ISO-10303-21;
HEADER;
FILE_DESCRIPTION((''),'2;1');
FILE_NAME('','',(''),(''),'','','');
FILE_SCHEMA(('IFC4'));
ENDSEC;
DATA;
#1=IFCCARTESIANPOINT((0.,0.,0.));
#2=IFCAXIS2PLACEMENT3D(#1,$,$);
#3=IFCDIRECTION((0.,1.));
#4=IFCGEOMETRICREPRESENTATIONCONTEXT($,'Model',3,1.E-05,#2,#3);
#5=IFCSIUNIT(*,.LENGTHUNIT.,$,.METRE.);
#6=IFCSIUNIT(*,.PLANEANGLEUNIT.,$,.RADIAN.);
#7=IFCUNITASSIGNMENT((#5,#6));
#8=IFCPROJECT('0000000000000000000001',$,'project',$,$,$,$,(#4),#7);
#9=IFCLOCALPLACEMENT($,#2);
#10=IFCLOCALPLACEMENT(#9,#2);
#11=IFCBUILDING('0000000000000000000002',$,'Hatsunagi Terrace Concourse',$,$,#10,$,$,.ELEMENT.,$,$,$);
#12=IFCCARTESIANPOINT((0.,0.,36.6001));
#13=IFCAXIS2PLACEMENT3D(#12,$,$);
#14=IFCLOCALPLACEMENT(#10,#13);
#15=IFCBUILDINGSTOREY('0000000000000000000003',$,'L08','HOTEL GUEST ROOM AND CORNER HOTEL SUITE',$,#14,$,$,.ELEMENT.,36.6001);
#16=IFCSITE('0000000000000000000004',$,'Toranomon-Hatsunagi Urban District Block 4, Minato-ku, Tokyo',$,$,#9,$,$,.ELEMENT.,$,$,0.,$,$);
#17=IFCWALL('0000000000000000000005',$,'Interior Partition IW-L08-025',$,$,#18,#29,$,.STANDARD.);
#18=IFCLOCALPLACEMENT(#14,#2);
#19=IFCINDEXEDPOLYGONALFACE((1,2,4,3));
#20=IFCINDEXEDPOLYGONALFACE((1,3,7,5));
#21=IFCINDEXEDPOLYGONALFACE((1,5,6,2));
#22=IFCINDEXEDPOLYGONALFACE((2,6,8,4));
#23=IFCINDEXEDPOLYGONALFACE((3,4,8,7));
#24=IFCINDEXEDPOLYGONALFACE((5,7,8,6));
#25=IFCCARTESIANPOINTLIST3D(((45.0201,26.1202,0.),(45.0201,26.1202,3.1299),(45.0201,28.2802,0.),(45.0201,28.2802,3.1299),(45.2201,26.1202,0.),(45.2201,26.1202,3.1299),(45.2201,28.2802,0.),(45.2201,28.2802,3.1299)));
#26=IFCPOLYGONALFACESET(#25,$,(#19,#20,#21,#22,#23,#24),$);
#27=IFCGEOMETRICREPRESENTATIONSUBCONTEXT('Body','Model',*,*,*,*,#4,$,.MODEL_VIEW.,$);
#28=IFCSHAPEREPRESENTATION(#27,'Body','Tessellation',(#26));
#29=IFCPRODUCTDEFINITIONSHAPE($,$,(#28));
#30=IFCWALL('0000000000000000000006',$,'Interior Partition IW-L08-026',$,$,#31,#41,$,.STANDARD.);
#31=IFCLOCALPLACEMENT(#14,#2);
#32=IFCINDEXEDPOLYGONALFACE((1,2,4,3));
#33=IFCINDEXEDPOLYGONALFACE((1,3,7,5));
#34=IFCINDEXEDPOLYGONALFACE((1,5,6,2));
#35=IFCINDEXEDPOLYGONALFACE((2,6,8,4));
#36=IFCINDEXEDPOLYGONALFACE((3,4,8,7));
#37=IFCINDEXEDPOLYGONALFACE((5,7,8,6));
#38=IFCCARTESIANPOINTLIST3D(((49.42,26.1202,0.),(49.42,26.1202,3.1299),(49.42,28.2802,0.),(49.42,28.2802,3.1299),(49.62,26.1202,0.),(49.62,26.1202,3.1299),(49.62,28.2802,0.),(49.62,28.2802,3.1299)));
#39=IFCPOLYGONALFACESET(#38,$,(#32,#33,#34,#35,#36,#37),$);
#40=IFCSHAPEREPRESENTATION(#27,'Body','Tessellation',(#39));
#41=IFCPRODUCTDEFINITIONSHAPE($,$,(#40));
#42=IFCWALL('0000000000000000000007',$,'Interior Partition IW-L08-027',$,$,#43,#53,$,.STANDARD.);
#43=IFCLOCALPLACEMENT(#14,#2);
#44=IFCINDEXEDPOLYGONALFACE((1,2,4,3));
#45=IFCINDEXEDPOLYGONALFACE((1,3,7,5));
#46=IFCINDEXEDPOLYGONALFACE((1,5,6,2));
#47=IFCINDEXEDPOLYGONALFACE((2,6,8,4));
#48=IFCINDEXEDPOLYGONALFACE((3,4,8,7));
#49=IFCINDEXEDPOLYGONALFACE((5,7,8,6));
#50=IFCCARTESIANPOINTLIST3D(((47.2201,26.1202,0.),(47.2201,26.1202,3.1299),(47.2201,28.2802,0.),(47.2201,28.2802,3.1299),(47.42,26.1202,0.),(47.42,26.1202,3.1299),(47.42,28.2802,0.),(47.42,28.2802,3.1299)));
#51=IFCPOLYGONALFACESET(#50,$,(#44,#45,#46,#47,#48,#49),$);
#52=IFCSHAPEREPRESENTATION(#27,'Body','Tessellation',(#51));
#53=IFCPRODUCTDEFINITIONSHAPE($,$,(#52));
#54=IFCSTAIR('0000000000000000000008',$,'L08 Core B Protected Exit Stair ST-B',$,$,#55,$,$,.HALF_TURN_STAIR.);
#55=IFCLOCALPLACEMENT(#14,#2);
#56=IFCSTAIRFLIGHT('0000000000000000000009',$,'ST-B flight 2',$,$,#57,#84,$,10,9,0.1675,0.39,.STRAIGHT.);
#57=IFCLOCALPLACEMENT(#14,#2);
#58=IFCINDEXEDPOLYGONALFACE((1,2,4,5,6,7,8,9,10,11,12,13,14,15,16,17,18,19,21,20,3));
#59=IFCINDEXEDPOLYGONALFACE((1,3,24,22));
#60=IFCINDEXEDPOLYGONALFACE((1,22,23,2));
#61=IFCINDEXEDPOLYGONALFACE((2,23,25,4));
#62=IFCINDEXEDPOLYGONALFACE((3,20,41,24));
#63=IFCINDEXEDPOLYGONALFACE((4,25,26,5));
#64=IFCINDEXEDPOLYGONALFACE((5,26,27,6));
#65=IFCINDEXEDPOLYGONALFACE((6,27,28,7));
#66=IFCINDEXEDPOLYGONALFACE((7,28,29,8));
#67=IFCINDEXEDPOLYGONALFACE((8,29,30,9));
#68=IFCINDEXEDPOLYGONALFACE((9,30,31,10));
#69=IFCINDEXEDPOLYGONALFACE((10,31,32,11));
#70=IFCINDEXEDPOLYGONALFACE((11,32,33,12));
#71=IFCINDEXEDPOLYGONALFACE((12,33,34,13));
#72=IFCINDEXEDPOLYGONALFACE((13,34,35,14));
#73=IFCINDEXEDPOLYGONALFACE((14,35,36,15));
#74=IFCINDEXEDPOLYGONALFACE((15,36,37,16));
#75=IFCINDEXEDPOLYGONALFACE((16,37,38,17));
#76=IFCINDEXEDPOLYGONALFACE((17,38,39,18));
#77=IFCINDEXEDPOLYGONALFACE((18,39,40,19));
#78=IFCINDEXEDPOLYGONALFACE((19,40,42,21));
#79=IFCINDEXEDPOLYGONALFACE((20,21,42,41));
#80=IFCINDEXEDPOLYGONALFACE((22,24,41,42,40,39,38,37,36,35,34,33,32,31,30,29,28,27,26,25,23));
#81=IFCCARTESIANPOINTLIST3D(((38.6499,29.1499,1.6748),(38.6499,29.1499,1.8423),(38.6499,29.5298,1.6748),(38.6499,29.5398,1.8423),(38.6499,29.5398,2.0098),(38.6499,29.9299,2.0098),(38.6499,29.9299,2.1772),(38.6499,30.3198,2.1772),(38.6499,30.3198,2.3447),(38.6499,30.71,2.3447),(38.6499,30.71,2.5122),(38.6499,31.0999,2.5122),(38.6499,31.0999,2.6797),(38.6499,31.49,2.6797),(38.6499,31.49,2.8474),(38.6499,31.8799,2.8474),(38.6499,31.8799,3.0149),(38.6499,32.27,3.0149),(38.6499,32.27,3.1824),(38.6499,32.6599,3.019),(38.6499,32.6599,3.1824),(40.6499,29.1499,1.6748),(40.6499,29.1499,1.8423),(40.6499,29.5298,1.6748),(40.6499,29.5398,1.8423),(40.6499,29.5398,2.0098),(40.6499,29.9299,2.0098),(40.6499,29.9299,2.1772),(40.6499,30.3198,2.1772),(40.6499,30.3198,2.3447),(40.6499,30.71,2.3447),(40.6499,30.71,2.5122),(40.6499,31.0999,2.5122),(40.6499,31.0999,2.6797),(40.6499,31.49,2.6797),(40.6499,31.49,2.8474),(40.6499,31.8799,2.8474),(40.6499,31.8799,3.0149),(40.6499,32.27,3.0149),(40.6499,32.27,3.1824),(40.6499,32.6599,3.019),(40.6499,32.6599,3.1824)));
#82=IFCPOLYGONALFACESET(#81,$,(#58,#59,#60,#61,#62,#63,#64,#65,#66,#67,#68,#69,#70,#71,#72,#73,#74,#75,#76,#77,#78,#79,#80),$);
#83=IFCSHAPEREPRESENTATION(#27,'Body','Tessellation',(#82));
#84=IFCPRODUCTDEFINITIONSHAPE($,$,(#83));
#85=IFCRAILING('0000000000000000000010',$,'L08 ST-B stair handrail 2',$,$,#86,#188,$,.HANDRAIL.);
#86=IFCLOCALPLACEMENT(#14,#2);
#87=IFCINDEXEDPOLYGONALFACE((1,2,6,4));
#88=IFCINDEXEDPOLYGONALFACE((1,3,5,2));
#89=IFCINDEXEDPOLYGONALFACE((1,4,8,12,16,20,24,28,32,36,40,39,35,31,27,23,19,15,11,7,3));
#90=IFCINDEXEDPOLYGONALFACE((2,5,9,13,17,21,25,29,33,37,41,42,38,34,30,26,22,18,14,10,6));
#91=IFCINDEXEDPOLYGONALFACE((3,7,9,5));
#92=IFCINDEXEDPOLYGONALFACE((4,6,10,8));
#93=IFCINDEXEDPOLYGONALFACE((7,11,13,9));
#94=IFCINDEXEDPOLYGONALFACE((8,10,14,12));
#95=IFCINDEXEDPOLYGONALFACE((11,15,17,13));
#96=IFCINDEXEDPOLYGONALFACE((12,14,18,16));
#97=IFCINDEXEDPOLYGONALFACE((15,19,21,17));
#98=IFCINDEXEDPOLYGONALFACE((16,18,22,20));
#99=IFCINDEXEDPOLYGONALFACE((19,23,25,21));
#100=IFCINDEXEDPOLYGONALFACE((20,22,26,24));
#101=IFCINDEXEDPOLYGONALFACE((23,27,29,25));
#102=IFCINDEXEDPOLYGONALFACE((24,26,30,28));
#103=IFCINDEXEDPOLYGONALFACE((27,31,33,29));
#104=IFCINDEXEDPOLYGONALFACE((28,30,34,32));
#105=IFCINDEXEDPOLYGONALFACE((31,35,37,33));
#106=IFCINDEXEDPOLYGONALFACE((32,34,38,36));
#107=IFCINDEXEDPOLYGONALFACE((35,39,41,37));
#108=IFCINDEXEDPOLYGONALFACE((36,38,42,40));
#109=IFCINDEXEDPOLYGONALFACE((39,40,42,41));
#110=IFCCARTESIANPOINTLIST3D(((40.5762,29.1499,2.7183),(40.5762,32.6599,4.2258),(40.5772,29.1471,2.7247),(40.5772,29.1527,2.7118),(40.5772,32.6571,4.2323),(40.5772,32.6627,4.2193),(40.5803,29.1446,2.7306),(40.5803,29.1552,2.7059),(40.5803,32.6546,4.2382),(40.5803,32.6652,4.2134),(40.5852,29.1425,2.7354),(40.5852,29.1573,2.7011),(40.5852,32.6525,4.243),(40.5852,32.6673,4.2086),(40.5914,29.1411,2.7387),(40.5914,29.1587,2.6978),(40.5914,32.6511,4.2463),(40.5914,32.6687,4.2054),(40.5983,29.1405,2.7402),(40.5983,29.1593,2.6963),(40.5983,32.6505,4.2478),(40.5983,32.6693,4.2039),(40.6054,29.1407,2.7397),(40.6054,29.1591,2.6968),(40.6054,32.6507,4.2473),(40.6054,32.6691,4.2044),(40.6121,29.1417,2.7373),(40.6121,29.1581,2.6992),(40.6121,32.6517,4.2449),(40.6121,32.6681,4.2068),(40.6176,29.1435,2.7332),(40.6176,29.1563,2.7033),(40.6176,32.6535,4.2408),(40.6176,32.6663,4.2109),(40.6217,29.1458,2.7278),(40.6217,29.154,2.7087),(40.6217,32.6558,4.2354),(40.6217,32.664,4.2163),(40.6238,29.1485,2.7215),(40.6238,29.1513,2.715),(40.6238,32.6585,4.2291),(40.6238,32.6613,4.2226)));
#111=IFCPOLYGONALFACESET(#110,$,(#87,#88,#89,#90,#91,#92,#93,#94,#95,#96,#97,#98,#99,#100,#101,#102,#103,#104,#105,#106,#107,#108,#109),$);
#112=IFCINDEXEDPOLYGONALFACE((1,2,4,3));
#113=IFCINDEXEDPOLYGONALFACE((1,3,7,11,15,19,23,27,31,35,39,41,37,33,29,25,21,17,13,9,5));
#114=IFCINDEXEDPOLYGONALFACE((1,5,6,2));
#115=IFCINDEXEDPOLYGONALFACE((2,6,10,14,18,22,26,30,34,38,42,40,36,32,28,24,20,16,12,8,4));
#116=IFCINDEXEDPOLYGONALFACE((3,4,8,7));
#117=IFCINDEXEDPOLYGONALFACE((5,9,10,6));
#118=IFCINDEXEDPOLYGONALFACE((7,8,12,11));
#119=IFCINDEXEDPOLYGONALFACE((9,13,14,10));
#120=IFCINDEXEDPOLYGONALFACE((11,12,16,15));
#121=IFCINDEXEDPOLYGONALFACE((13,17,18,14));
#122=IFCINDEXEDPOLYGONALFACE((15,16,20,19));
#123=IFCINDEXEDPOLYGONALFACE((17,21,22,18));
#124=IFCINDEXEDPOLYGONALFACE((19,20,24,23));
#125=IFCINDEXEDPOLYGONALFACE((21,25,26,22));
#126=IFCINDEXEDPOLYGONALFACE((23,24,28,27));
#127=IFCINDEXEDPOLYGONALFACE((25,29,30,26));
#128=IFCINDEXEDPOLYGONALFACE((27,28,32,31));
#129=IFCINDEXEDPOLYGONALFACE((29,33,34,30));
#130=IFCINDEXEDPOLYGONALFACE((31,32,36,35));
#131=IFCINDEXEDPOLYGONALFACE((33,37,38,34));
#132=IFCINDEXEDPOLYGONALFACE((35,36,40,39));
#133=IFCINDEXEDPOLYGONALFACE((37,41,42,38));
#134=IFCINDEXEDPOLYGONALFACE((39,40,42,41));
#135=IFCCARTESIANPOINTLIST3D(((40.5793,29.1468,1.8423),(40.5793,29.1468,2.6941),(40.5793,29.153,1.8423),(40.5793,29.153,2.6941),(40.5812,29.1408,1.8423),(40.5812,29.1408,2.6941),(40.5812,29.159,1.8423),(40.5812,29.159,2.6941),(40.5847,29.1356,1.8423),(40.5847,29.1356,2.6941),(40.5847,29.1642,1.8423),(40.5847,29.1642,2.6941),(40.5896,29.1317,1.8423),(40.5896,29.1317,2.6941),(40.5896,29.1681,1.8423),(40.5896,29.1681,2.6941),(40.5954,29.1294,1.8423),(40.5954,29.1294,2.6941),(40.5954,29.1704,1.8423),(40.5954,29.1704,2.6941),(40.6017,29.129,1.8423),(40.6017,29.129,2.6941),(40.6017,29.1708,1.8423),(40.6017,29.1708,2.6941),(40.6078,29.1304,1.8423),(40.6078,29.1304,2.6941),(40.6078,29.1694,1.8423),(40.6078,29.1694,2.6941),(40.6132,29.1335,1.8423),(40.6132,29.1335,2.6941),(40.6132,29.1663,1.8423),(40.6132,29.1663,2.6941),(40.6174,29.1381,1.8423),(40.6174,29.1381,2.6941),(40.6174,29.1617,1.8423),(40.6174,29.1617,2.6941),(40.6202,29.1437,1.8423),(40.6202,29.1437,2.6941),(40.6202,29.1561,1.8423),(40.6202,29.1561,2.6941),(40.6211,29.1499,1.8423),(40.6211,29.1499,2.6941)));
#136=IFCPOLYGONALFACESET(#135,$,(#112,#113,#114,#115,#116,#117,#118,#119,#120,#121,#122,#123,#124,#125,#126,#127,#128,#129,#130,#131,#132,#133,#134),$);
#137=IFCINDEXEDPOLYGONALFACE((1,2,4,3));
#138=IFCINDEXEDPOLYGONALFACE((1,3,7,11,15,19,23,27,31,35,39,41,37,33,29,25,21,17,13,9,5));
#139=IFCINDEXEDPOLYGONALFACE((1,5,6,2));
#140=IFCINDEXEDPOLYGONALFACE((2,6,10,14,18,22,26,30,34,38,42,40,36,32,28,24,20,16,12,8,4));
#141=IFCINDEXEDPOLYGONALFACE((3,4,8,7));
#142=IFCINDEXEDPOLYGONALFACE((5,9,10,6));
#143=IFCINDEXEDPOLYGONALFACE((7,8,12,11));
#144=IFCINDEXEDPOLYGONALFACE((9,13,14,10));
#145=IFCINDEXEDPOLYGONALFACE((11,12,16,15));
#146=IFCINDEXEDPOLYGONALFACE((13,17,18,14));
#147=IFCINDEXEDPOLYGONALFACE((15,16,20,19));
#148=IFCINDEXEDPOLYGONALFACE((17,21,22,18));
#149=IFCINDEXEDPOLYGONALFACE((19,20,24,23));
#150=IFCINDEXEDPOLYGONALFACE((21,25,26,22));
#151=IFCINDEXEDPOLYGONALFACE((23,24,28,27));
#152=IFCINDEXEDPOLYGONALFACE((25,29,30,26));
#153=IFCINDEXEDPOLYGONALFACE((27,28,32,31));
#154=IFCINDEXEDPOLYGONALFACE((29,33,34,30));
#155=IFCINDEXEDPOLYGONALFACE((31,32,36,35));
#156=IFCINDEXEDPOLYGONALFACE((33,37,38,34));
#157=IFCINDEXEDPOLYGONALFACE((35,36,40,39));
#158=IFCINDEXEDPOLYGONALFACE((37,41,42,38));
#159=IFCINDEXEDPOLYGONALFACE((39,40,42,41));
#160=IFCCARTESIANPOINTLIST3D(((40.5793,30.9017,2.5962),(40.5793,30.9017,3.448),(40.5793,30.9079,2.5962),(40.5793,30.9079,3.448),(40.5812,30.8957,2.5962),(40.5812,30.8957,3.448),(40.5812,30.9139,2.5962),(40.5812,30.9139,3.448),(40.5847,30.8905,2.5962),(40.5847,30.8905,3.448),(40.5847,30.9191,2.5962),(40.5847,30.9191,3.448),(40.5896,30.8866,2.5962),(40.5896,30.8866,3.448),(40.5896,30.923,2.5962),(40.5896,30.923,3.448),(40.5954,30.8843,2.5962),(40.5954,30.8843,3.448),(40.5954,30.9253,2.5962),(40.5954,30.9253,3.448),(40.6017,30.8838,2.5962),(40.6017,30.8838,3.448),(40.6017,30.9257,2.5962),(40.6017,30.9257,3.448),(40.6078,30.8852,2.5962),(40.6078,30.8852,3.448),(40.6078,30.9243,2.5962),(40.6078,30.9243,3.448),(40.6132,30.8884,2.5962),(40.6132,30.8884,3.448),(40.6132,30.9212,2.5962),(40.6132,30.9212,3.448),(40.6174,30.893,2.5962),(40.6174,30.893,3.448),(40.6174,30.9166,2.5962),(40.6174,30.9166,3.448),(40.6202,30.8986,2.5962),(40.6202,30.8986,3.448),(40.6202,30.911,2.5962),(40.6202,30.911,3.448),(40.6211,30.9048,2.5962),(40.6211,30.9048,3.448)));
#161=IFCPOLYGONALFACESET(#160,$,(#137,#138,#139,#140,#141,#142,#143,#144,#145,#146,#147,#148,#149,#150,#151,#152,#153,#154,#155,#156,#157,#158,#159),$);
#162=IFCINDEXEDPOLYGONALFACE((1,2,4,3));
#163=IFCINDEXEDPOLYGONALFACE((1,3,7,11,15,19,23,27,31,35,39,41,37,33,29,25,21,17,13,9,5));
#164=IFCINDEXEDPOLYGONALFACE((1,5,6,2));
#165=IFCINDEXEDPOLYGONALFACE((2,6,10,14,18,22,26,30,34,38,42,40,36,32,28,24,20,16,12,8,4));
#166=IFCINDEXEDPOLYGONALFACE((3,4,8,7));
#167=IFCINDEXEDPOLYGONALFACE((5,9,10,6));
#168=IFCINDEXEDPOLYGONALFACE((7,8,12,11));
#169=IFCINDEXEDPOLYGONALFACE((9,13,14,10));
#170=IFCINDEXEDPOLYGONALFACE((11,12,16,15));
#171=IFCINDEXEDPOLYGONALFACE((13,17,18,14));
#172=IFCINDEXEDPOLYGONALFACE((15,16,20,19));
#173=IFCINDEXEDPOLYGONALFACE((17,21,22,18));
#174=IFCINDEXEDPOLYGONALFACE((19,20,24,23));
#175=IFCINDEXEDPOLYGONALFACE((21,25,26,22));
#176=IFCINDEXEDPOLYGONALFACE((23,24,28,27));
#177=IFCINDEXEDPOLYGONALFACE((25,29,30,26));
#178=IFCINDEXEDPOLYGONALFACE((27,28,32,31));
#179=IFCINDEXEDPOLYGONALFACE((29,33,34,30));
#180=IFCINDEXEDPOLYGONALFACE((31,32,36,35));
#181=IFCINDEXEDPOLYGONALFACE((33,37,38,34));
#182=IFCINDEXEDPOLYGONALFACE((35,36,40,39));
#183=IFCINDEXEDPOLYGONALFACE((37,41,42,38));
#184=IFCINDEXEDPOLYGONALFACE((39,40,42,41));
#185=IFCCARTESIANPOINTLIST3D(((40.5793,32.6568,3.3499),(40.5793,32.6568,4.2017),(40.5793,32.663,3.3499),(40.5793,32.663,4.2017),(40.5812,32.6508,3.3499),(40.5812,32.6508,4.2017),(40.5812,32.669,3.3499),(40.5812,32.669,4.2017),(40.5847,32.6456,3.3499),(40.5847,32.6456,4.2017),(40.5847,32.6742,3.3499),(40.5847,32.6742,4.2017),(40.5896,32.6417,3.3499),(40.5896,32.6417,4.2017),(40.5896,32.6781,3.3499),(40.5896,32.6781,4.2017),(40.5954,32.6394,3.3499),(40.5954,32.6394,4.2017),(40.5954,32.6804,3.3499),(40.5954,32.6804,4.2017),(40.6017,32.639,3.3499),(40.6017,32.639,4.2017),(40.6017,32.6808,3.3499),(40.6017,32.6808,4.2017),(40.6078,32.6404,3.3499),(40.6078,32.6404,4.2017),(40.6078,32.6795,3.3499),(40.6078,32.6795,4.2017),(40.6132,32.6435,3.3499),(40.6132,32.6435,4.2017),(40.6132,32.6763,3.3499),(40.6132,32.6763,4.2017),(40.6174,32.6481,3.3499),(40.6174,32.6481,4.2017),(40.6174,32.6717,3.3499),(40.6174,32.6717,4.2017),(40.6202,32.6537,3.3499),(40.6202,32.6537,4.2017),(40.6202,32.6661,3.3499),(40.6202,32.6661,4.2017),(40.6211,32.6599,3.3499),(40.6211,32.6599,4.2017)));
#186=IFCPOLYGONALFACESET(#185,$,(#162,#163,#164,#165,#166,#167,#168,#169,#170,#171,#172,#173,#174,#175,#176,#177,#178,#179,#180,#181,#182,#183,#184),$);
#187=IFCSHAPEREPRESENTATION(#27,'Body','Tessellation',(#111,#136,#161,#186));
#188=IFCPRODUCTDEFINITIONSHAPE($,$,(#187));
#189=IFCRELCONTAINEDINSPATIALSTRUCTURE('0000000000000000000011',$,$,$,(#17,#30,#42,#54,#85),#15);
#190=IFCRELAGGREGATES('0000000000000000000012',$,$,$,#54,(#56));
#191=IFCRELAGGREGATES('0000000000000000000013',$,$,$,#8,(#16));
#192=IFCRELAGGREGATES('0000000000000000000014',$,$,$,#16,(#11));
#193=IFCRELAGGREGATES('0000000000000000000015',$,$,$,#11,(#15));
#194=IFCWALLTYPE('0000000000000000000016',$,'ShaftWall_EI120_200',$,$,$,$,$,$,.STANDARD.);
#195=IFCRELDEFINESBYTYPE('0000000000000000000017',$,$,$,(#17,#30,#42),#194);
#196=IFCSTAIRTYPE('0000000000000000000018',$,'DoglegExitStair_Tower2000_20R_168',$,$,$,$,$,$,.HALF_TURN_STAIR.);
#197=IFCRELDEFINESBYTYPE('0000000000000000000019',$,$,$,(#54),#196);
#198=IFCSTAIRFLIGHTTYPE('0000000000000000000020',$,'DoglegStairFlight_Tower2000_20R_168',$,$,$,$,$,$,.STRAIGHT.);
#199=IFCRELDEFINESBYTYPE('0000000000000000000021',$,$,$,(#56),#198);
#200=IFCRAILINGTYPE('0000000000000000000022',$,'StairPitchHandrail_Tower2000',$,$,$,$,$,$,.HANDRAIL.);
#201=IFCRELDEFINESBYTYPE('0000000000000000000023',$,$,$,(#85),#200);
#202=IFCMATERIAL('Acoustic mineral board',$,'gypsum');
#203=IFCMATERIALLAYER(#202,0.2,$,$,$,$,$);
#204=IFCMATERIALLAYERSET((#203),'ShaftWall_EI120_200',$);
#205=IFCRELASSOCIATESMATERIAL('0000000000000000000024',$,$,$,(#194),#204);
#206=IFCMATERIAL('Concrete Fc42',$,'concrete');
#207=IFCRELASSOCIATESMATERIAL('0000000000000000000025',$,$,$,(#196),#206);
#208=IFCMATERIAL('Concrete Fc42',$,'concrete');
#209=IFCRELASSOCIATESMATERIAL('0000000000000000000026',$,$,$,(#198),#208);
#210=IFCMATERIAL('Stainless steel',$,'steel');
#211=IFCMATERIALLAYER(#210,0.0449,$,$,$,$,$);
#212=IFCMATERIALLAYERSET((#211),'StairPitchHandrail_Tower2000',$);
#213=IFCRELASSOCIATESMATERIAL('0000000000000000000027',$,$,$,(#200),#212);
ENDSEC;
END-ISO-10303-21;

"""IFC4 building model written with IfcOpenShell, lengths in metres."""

from ifc_helpers import new_model, si_unit, direction, frame, frame_2d, origin, origin_2d, place, context, subcontext, project, spatial, polyline, rectangle, circle, outline, extrude, material, layer, layer_set, type_object, element, aggregate, save


model = new_model("IFC4")

# Units and contexts
model_context = context("Model", 3, precision=1e-05, world=origin(), true_north=direction((0.0, 1.0)))
body_context = subcontext(model_context, "Body", "Model", "MODEL_VIEW")
ifc_project = project(units=[si_unit("LENGTHUNIT", "METRE"), si_unit("PLANEANGLEUNIT", "RADIAN")], contexts=[model_context])

# Site, building, storey
site_placement = place(None, origin())
site = spatial("IfcSite", under=ifc_project, at=site_placement, Name="Toranomon-Hatsunagi Urban District Block 4, Minato-ku, Tokyo", CompositionType="ELEMENT", RefElevation=0.0)
building_placement = place(site_placement, origin())
building = spatial("IfcBuilding", under=site, at=building_placement, Name="Hatsunagi Terrace Concourse", CompositionType="ELEMENT")
storey_placement = place(building_placement, frame((0.0, 0.0, 36.6001)))
storey = spatial("IfcBuildingStorey", under=building, at=storey_placement, Name="L08", Description="HOTEL GUEST ROOM AND CORNER HOTEL SUITE", CompositionType="ELEMENT", Elevation=36.6001)

# Walls
ifc_material_1 = material(Name="Acoustic mineral board", Category="gypsum")
ifc_layer_1 = layer(ifc_material_1, 0.2)
ifc_layer_set_1 = layer_set([ifc_layer_1], Name="ShaftWall_EI120_200")
wall_type_1 = type_object("IfcWallType", Name="ShaftWall_EI120_200", PredefinedType="STANDARD", material=ifc_layer_set_1)
for number, where, z_axis, x_axis, name in (
    (1, (45.1201, 26.1201, 0.0), (0.0, 0.0, 1.0), (0.0, 1.0, 0.0), "Interior Partition IW-L08-025"),
    (2, (49.52, 26.1201, 0.0), (0.0, 0.0, 1.0), (0.0, 1.0, 0.0), "Interior Partition IW-L08-026"),
    (3, (47.3201, 26.1201, 0.0), (0.0, 0.0, 1.0), (0.0, 1.0, 0.0), "Interior Partition IW-L08-027"),
):
    element("IfcWall", number, at=place(storey_placement, frame(where, z_axis=z_axis, x_axis=x_axis)), inside=storey, type_object=wall_type_1, Name=name, PredefinedType="STANDARD", context=body_context, shape_type="SweptSolid", body=[
        extrude(rectangle(XDim=2.1599, YDim=0.2, at=frame_2d((1.0801, 0.0))), origin(), (0.0, 0.0, 1.0), 3.1299),
    ])

# Stair, stair flight
ifc_material_2 = material(Name="Concrete Fc42", Category="concrete")
stair_type = type_object("IfcStairType", Name="DoglegExitStair_Tower2000_20R_168", PredefinedType="HALF_TURN_STAIR", material=ifc_material_2)
stair_placement = place(storey_placement, origin())
stair = element("IfcStair", 4, at=stair_placement, inside=storey, type_object=stair_type, Name="L08 Core B Protected Exit Stair ST-B", PredefinedType="HALF_TURN_STAIR")
ifc_material_3 = material(Name="Concrete Fc42", Category="concrete")
stair_flight_type = type_object("IfcStairFlightType", Name="DoglegStairFlight_Tower2000_20R_168", PredefinedType="STRAIGHT", material=ifc_material_3)
stair_flight_placement = place(storey_placement, frame((39.6499, 29.1499, 1.6748), z_axis=(0.0, 0.0, 1.0), x_axis=(0.0, 1.0, 0.0)))
stair_flight = element("IfcStairFlight", 5, at=stair_flight_placement, type_object=stair_flight_type, Name="ST-B flight 2", NumberOfRisers=10, NumberOfTreads=9, PredefinedType="STRAIGHT", RiserHeight=0.1675, TreadLength=0.39, context=body_context, shape_type="SweptSolid", body=[
    extrude(outline(polyline([(0.0, 0.0), (0.0, 0.1675), (0.3899, 0.1675), (0.3899, 0.335), (0.78, 0.335), (0.78, 0.5024), (1.1699, 0.5024), (1.1699, 0.6699), (1.5601, 0.6699), (1.5601, 0.8374), (1.95, 0.8374), (1.95, 1.0049), (2.3401, 1.0049), (2.3401, 1.1726), (2.73, 1.1726), (2.73, 1.3401), (3.1201, 1.3401), (3.1201, 1.5076), (3.51, 1.5076), (3.51, 1.675), (3.51, 1.3442), (0.3799, 0.0), (0.0, 0.0)])), frame((0.0, 1.0, 0.0), z_axis=(0.0, -1.0, 0.0), x_axis=(1.0, 0.0, 0.0)), (0.0, 0.0, 1.0), 2.0),
])
aggregate(stair, [stair_flight])

# Railing
ifc_material_4 = material(Name="Stainless steel", Category="steel")
ifc_layer_2 = layer(ifc_material_4, 0.0449)
ifc_layer_set_2 = layer_set([ifc_layer_2], Name="StairPitchHandrail_Tower2000")
railing_type_1 = type_object("IfcRailingType", Name="StairPitchHandrail_Tower2000", PredefinedType="HANDRAIL", material=ifc_layer_set_2)
railing_1_placement = place(storey_placement, frame((40.6001, 29.1499, 1.8423)))
element("IfcRailing", 6, at=railing_1_placement, inside=storey, type_object=railing_type_1, Name="L08 ST-B stair handrail 2", PredefinedType="HANDRAIL", context=body_context, shape_type="SweptSolid", body=[
    extrude(circle(Radius=0.0239, at=origin_2d()), frame((0.0, 0.0, 0.876), z_axis=(0.0, 0.918834, 0.394644), x_axis=(-1.0, 0.0, 0.0)), (0.0, 0.0, 1.0), 3.8201),
    extrude(circle(Radius=0.021, at=origin_2d()), origin(), (0.0, 0.0, 1.0), 0.8518),
    extrude(circle(Radius=0.021, at=origin_2d()), frame((0.0, 1.7549, 0.7539)), (0.0, 0.0, 1.0), 0.8518),
    extrude(circle(Radius=0.021, at=origin_2d()), frame((0.0, 3.51, 1.5076)), (0.0, 0.0, 1.0), 0.8518),
])

save(model, "model.ifc")
